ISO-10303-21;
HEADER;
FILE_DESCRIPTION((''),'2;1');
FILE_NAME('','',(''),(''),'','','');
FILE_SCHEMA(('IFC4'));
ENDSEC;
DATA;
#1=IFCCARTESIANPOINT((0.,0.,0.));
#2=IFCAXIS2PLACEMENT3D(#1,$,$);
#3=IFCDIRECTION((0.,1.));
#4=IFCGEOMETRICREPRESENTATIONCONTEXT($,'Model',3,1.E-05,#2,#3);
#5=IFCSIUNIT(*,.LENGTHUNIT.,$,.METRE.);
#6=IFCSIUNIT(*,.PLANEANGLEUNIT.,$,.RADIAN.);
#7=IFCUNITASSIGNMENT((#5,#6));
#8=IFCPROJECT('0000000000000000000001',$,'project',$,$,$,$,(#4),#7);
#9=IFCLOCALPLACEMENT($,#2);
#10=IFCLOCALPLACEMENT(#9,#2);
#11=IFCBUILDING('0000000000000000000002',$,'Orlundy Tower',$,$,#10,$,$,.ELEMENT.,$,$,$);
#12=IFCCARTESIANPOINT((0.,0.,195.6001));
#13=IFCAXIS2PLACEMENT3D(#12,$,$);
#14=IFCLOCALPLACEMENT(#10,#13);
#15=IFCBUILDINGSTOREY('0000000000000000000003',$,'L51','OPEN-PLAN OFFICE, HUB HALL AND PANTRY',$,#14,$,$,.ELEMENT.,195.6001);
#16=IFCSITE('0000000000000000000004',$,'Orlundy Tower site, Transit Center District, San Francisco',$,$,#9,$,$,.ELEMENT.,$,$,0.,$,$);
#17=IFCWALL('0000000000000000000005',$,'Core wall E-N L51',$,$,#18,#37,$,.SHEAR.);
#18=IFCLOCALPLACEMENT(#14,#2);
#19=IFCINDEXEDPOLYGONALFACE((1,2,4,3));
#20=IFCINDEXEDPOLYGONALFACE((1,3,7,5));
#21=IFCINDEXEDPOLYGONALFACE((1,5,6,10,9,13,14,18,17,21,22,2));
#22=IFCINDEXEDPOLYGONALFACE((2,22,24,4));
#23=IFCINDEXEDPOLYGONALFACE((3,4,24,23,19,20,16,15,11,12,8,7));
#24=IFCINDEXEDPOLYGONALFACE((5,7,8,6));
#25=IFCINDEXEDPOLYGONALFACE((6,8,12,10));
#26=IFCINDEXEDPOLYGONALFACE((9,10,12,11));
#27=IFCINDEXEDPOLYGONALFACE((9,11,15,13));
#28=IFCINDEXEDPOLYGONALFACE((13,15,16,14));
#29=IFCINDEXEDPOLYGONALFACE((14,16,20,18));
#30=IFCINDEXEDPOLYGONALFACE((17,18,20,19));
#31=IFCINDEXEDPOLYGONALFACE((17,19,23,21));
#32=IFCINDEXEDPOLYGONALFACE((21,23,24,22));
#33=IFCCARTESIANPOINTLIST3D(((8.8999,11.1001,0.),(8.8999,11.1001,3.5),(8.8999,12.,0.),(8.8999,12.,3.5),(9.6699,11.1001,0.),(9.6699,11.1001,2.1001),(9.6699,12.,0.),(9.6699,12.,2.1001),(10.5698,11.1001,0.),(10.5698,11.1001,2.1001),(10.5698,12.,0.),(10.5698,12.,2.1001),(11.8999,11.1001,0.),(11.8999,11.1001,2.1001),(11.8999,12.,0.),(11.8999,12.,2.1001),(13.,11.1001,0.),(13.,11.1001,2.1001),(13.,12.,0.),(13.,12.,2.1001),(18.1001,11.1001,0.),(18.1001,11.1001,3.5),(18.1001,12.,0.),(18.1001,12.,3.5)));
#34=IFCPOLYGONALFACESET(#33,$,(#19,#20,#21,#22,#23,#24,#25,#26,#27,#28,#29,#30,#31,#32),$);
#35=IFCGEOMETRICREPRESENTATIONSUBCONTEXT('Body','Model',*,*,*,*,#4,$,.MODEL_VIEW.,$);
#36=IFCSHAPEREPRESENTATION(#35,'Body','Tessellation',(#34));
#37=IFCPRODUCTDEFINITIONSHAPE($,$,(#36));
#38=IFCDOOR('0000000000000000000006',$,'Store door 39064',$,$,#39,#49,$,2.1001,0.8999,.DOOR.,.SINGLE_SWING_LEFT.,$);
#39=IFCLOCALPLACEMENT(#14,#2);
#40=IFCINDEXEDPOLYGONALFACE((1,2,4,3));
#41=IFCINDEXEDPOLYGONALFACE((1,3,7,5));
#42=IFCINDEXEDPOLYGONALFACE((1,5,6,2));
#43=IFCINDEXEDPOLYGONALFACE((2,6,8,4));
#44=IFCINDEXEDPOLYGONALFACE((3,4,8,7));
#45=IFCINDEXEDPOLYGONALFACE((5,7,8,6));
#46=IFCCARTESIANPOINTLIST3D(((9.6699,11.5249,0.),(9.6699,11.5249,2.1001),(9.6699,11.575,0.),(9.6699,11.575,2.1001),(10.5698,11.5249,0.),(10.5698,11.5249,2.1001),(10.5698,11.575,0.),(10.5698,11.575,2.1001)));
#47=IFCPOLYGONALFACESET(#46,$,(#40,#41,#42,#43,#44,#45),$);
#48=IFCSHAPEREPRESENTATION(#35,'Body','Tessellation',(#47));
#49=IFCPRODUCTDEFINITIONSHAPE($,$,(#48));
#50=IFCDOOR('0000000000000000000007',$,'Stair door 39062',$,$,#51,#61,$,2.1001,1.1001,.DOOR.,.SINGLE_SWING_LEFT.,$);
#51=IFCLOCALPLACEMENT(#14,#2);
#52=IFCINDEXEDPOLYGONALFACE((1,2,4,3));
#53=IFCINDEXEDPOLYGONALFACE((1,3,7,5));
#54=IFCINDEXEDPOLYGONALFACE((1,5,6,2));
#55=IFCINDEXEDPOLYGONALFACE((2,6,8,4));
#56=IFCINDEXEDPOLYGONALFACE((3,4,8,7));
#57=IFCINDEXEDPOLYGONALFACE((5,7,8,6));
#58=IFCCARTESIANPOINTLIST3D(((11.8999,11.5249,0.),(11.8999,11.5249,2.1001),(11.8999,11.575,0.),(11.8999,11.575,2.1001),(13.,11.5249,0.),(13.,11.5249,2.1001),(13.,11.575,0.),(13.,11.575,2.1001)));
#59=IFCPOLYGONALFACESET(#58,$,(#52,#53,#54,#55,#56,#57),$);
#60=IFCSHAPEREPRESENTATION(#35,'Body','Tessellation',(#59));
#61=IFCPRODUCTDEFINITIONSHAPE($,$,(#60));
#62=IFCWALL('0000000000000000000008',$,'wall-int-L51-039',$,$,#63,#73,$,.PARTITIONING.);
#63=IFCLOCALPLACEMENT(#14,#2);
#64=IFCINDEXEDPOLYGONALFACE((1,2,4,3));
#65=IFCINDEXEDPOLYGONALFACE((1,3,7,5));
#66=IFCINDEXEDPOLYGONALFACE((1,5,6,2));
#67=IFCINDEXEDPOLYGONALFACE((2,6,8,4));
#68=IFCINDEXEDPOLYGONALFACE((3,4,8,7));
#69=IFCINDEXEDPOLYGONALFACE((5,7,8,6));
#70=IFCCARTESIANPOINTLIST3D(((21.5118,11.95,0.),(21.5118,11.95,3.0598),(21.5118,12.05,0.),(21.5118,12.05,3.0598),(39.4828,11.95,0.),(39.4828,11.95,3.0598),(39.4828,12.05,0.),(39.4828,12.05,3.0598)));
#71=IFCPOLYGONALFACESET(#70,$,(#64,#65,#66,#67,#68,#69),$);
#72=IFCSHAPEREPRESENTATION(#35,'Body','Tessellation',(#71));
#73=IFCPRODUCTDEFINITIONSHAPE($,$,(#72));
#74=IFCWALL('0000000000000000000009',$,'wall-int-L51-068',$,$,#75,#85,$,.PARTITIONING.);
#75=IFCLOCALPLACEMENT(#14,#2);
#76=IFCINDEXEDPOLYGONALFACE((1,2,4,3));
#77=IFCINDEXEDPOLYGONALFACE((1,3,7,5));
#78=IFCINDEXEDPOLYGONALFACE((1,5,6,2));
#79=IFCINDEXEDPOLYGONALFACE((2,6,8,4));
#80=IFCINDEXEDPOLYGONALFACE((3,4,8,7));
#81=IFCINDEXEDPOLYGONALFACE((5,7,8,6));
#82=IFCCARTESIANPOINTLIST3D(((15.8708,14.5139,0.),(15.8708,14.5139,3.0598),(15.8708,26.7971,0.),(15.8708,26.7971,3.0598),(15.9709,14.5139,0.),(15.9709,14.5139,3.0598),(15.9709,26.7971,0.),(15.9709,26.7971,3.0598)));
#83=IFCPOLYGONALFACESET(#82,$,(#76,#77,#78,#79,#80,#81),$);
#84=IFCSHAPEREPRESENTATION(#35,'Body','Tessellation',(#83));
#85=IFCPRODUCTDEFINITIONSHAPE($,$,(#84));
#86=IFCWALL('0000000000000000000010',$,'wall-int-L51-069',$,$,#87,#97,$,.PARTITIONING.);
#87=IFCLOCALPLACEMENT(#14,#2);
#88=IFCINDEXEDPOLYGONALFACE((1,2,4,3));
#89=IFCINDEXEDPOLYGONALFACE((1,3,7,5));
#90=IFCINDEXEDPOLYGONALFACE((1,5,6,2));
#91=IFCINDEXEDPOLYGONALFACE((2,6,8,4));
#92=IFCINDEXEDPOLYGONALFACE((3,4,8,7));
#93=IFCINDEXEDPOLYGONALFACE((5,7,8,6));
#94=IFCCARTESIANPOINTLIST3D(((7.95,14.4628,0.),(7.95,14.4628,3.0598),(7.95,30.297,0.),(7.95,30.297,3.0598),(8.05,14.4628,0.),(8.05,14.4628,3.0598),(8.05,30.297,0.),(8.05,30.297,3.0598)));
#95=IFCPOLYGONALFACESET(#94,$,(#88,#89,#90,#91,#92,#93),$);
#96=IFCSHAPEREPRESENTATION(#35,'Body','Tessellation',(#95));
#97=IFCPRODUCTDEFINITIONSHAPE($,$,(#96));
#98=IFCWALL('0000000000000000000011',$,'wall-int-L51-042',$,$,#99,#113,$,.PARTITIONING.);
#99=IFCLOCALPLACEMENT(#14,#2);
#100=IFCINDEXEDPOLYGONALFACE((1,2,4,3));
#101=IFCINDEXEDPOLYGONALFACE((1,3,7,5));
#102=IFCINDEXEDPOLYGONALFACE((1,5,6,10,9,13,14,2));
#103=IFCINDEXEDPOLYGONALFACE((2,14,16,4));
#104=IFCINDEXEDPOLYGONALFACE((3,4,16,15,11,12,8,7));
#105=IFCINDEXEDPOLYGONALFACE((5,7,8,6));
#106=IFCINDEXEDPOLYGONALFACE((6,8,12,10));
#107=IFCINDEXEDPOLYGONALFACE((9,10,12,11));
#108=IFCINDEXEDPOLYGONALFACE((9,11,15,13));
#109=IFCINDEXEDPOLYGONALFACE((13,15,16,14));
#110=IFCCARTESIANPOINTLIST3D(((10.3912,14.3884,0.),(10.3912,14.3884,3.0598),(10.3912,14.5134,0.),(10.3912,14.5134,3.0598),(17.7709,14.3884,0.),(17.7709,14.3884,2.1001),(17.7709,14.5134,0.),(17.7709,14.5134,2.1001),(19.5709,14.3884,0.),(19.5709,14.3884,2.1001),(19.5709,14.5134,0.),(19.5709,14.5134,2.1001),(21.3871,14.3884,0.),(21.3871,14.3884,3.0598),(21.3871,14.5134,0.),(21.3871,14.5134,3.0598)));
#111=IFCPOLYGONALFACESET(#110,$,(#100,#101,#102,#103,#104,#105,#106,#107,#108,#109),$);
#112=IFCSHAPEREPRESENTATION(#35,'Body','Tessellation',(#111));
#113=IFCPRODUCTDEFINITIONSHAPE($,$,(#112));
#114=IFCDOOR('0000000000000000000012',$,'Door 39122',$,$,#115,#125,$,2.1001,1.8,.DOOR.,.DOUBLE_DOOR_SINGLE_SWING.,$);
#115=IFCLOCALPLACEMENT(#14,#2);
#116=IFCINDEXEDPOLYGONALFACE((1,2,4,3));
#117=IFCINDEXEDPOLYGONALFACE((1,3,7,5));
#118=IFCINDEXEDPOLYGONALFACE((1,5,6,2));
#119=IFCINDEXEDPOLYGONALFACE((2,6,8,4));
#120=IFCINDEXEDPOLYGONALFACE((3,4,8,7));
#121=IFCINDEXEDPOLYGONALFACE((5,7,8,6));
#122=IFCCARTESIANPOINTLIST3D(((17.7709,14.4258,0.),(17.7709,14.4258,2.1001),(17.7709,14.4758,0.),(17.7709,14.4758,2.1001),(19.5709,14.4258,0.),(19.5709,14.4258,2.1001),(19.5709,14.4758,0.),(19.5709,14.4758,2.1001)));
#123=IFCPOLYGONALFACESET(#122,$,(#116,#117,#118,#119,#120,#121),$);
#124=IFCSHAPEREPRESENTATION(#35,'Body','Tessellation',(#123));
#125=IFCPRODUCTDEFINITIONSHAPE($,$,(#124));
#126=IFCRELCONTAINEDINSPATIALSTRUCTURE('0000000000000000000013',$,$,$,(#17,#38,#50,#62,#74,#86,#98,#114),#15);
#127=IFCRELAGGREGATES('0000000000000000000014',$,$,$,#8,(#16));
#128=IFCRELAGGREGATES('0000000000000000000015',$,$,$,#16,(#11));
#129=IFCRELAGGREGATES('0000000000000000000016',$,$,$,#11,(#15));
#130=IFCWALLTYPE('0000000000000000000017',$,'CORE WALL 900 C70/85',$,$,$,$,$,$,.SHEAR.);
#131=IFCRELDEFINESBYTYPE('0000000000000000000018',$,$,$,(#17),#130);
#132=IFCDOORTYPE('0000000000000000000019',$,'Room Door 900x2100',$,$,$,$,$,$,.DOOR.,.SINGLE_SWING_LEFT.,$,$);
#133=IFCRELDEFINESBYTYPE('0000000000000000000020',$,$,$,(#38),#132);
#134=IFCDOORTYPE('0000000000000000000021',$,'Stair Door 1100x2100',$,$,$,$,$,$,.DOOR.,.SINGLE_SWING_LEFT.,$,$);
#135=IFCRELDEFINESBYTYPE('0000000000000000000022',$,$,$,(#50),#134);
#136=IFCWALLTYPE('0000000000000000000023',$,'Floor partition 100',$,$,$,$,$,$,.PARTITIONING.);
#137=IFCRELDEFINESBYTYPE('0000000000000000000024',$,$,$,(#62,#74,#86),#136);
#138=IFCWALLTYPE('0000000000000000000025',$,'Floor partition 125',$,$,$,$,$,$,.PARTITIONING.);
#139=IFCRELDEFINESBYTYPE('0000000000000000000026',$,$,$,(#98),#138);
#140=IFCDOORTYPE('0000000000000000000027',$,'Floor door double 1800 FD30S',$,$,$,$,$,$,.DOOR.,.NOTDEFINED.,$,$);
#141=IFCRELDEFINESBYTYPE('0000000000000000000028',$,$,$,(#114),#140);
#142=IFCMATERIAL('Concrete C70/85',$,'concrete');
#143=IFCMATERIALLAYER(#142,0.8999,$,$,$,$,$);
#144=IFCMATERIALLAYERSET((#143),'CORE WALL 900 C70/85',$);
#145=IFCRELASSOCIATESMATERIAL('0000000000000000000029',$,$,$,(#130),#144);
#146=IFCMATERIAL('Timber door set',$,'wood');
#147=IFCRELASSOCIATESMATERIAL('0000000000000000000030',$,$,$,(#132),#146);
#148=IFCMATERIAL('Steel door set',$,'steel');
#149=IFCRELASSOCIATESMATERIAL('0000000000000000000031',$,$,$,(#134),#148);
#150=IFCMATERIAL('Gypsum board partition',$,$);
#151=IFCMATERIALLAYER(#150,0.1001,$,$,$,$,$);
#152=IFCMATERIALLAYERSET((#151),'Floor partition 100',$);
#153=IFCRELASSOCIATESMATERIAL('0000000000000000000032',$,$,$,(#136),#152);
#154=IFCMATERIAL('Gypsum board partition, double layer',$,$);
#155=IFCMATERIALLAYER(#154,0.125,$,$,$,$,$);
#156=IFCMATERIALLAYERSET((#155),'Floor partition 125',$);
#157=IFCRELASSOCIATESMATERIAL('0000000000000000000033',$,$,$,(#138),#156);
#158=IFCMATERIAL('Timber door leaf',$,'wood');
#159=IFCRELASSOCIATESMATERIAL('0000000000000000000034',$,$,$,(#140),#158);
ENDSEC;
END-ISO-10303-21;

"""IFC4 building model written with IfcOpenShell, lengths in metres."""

from ifc_helpers import new_model, si_unit, direction, frame, frame_2d, origin, place, context, subcontext, project, spatial, rectangle, extrude, material, layer, layer_set, type_object, element, fill, save


model = new_model("IFC4")

# Units and contexts
model_context = context("Model", 3, precision=1e-05, world=origin(), true_north=direction((0.0, 1.0)))
body_context = subcontext(model_context, "Body", "Model", "MODEL_VIEW")
ifc_project = project(units=[si_unit("LENGTHUNIT", "METRE"), si_unit("PLANEANGLEUNIT", "RADIAN")], contexts=[model_context])

# Site, building, storey
site_placement = place(None, origin())
site = spatial("IfcSite", under=ifc_project, at=site_placement, Name="Orlundy Tower site, Transit Center District, San Francisco", CompositionType="ELEMENT", RefElevation=0.0)
building_placement = place(site_placement, origin())
building = spatial("IfcBuilding", under=site, at=building_placement, Name="Orlundy Tower", CompositionType="ELEMENT")
storey_placement = place(building_placement, frame((0.0, 0.0, 195.6001)))
storey = spatial("IfcBuildingStorey", under=building, at=storey_placement, Name="L51", Description="OPEN-PLAN OFFICE, HUB HALL AND PANTRY", CompositionType="ELEMENT", Elevation=195.6001)

# Wall, openings, doors
ifc_material_1 = material(Name="Concrete C70/85", Category="concrete")
ifc_layer_1 = layer(ifc_material_1, 0.8999)
ifc_layer_set_1 = layer_set([ifc_layer_1], Name="CORE WALL 900 C70/85")
wall_type_1 = type_object("IfcWallType", Name="CORE WALL 900 C70/85", PredefinedType="SHEAR", material=ifc_layer_set_1)
wall_1_placement = place(storey_placement, frame((8.8999, 11.55, 0.0), z_axis=(0.0, 0.0, 1.0), x_axis=(1.0, 0.0, 0.0)))
wall_1 = element("IfcWall", 1, at=wall_1_placement, inside=storey, type_object=wall_type_1, Name="Core wall E-N L51", PredefinedType="SHEAR", context=body_context, shape_type="SweptSolid", body=[
    extrude(rectangle(XDim=9.2002, YDim=0.8999, at=frame_2d((4.6001, 0.0))), origin(), (0.0, 0.0, 1.0), 3.5),
])
opening_1_placement = place(wall_1_placement, frame((3.0, 0.0, 0.0)))
opening_1 = element("IfcOpeningElement", 2, at=opening_1_placement, cuts=wall_1, PredefinedType="OPENING", context=body_context, shape_type="SweptSolid", body=[
    extrude(rectangle(XDim=1.1001, YDim=2.1001, at=frame_2d((0.55, 1.05))), frame((0.0, 0.46, 0.0), z_axis=(0.0, -1.0, 0.0), x_axis=(1.0, 0.0, 0.0)), (0.0, 0.0, 1.0), 0.9199),
])
opening_2_placement = place(wall_1_placement, frame((0.77, 0.0, 0.0)))
opening_2 = element("IfcOpeningElement", 3, at=opening_2_placement, cuts=wall_1, PredefinedType="OPENING", context=body_context, shape_type="SweptSolid", body=[
    extrude(rectangle(XDim=0.8999, YDim=2.1001, at=frame_2d((0.45, 1.05))), frame((0.0, 0.46, 0.0), z_axis=(0.0, -1.0, 0.0), x_axis=(1.0, 0.0, 0.0)), (0.0, 0.0, 1.0), 0.9199),
])
ifc_material_2 = material(Name="Timber door set", Category="wood")
door_type_1 = type_object("IfcDoorType", Name="Room Door 900x2100", OperationType="SINGLE_SWING_LEFT", PredefinedType="DOOR", material=ifc_material_2)
door_1_placement = place(opening_2_placement, origin())
door_1 = element("IfcDoor", 4, at=door_1_placement, inside=storey, type_object=door_type_1, Name="Store door 39064", OperationType="SINGLE_SWING_LEFT", OverallHeight=2.1001, OverallWidth=0.8999, PredefinedType="DOOR", context=body_context, shape_type="SweptSolid", body=[
    extrude(rectangle(XDim=0.8999, YDim=2.1001, at=frame_2d((0.45, 1.05))), frame((0.0, 0.0249, 0.0), z_axis=(0.0, -1.0, 0.0), x_axis=(1.0, 0.0, 0.0)), (0.0, 0.0, 1.0), 0.05),
])
fill(opening_2, door_1)
ifc_material_3 = material(Name="Steel door set", Category="steel")
door_type_2 = type_object("IfcDoorType", Name="Stair Door 1100x2100", OperationType="SINGLE_SWING_LEFT", PredefinedType="DOOR", material=ifc_material_3)
door_2_placement = place(opening_1_placement, origin())
door_2 = element("IfcDoor", 5, at=door_2_placement, inside=storey, type_object=door_type_2, Name="Stair door 39062", OperationType="SINGLE_SWING_LEFT", OverallHeight=2.1001, OverallWidth=1.1001, PredefinedType="DOOR", context=body_context, shape_type="SweptSolid", body=[
    extrude(rectangle(XDim=1.1001, YDim=2.1001, at=frame_2d((0.55, 1.05))), frame((0.0, 0.0249, 0.0), z_axis=(0.0, -1.0, 0.0), x_axis=(1.0, 0.0, 0.0)), (0.0, 0.0, 1.0), 0.05),
])
fill(opening_1, door_2)

# Walls
ifc_material_4 = material(Name="Gypsum board partition")
ifc_layer_2 = layer(ifc_material_4, 0.1001)
ifc_layer_set_2 = layer_set([ifc_layer_2], Name="Floor partition 100")
wall_type_2 = type_object("IfcWallType", Name="Floor partition 100", PredefinedType="PARTITIONING", material=ifc_layer_set_2)
wall_2_placement = place(storey_placement, frame((21.512, 12.0, 0.0), z_axis=(0.0, 0.0, 1.0), x_axis=(1.0, 0.0, 0.0)))
element("IfcWall", 6, at=wall_2_placement, inside=storey, type_object=wall_type_2, Name="wall-int-L51-039", PredefinedType="PARTITIONING", context=body_context, shape_type="SweptSolid", body=[
    extrude(rectangle(XDim=17.9709, YDim=0.1001, at=frame_2d((8.9854, 0.0))), origin(), (0.0, 0.0, 1.0), 3.0598),
])
wall_3_placement = place(storey_placement, frame((15.9209, 14.5139, 0.0), z_axis=(0.0, 0.0, 1.0), x_axis=(0.0, 1.0, 0.0)))
element("IfcWall", 7, at=wall_3_placement, inside=storey, type_object=wall_type_2, Name="wall-int-L51-068", PredefinedType="PARTITIONING", context=body_context, shape_type="SweptSolid", body=[
    extrude(rectangle(XDim=12.2832, YDim=0.1001, at=frame_2d((6.1416, 0.0))), origin(), (0.0, 0.0, 1.0), 3.0598),
])
wall_4_placement = place(storey_placement, frame((8.0, 14.4629, 0.0), z_axis=(0.0, 0.0, 1.0), x_axis=(0.0, 1.0, 0.0)))
element("IfcWall", 8, at=wall_4_placement, inside=storey, type_object=wall_type_2, Name="wall-int-L51-069", PredefinedType="PARTITIONING", context=body_context, shape_type="SweptSolid", body=[
    extrude(rectangle(XDim=15.8342, YDim=0.1001, at=frame_2d((7.917, 0.0))), origin(), (0.0, 0.0, 1.0), 3.0598),
])

# Wall, opening, door
ifc_material_5 = material(Name="Gypsum board partition, double layer")
ifc_layer_3 = layer(ifc_material_5, 0.125)
ifc_layer_set_3 = layer_set([ifc_layer_3], Name="Floor partition 125")
wall_type_3 = type_object("IfcWallType", Name="Floor partition 125", PredefinedType="PARTITIONING", material=ifc_layer_set_3)
wall_5_placement = place(storey_placement, frame((10.3911, 14.4509, 0.0), z_axis=(0.0, 0.0, 1.0), x_axis=(1.0, 0.0, 0.0)))
wall_5 = element("IfcWall", 9, at=wall_5_placement, inside=storey, type_object=wall_type_3, Name="wall-int-L51-042", PredefinedType="PARTITIONING", context=body_context, shape_type="SweptSolid", body=[
    extrude(rectangle(XDim=10.9958, YDim=0.125, at=frame_2d((5.498, 0.0))), origin(), (0.0, 0.0, 1.0), 3.0598),
])
opening_3_placement = place(wall_5_placement, frame((7.3799, 0.0, 0.0)))
opening_3 = element("IfcOpeningElement", 10, at=opening_3_placement, cuts=wall_5, PredefinedType="OPENING", context=body_context, shape_type="SweptSolid", body=[
    extrude(rectangle(XDim=1.8, YDim=2.1001, at=frame_2d((0.8999, 1.05))), frame((0.0, 0.0725, 0.0), z_axis=(0.0, -1.0, 0.0), x_axis=(1.0, 0.0, 0.0)), (0.0, 0.0, 1.0), 0.145),
])
ifc_material_6 = material(Name="Timber door leaf", Category="wood")
door_type_3 = type_object("IfcDoorType", Name="Floor door double 1800 FD30S", OperationType="NOTDEFINED", PredefinedType="DOOR", material=ifc_material_6)
door_3_placement = place(opening_3_placement, origin())
door_3 = element("IfcDoor", 11, at=door_3_placement, inside=storey, type_object=door_type_3, Name="Door 39122", OperationType="DOUBLE_DOOR_SINGLE_SWING", OverallHeight=2.1001, OverallWidth=1.8, PredefinedType="DOOR", context=body_context, shape_type="SweptSolid", body=[
    extrude(rectangle(XDim=1.8, YDim=2.1001, at=frame_2d((0.8999, 1.05))), frame((0.0, 0.0249, 0.0), z_axis=(0.0, -1.0, 0.0), x_axis=(1.0, 0.0, 0.0)), (0.0, 0.0, 1.0), 0.05),
])
fill(opening_3, door_3)

save(model, "model.ifc")
